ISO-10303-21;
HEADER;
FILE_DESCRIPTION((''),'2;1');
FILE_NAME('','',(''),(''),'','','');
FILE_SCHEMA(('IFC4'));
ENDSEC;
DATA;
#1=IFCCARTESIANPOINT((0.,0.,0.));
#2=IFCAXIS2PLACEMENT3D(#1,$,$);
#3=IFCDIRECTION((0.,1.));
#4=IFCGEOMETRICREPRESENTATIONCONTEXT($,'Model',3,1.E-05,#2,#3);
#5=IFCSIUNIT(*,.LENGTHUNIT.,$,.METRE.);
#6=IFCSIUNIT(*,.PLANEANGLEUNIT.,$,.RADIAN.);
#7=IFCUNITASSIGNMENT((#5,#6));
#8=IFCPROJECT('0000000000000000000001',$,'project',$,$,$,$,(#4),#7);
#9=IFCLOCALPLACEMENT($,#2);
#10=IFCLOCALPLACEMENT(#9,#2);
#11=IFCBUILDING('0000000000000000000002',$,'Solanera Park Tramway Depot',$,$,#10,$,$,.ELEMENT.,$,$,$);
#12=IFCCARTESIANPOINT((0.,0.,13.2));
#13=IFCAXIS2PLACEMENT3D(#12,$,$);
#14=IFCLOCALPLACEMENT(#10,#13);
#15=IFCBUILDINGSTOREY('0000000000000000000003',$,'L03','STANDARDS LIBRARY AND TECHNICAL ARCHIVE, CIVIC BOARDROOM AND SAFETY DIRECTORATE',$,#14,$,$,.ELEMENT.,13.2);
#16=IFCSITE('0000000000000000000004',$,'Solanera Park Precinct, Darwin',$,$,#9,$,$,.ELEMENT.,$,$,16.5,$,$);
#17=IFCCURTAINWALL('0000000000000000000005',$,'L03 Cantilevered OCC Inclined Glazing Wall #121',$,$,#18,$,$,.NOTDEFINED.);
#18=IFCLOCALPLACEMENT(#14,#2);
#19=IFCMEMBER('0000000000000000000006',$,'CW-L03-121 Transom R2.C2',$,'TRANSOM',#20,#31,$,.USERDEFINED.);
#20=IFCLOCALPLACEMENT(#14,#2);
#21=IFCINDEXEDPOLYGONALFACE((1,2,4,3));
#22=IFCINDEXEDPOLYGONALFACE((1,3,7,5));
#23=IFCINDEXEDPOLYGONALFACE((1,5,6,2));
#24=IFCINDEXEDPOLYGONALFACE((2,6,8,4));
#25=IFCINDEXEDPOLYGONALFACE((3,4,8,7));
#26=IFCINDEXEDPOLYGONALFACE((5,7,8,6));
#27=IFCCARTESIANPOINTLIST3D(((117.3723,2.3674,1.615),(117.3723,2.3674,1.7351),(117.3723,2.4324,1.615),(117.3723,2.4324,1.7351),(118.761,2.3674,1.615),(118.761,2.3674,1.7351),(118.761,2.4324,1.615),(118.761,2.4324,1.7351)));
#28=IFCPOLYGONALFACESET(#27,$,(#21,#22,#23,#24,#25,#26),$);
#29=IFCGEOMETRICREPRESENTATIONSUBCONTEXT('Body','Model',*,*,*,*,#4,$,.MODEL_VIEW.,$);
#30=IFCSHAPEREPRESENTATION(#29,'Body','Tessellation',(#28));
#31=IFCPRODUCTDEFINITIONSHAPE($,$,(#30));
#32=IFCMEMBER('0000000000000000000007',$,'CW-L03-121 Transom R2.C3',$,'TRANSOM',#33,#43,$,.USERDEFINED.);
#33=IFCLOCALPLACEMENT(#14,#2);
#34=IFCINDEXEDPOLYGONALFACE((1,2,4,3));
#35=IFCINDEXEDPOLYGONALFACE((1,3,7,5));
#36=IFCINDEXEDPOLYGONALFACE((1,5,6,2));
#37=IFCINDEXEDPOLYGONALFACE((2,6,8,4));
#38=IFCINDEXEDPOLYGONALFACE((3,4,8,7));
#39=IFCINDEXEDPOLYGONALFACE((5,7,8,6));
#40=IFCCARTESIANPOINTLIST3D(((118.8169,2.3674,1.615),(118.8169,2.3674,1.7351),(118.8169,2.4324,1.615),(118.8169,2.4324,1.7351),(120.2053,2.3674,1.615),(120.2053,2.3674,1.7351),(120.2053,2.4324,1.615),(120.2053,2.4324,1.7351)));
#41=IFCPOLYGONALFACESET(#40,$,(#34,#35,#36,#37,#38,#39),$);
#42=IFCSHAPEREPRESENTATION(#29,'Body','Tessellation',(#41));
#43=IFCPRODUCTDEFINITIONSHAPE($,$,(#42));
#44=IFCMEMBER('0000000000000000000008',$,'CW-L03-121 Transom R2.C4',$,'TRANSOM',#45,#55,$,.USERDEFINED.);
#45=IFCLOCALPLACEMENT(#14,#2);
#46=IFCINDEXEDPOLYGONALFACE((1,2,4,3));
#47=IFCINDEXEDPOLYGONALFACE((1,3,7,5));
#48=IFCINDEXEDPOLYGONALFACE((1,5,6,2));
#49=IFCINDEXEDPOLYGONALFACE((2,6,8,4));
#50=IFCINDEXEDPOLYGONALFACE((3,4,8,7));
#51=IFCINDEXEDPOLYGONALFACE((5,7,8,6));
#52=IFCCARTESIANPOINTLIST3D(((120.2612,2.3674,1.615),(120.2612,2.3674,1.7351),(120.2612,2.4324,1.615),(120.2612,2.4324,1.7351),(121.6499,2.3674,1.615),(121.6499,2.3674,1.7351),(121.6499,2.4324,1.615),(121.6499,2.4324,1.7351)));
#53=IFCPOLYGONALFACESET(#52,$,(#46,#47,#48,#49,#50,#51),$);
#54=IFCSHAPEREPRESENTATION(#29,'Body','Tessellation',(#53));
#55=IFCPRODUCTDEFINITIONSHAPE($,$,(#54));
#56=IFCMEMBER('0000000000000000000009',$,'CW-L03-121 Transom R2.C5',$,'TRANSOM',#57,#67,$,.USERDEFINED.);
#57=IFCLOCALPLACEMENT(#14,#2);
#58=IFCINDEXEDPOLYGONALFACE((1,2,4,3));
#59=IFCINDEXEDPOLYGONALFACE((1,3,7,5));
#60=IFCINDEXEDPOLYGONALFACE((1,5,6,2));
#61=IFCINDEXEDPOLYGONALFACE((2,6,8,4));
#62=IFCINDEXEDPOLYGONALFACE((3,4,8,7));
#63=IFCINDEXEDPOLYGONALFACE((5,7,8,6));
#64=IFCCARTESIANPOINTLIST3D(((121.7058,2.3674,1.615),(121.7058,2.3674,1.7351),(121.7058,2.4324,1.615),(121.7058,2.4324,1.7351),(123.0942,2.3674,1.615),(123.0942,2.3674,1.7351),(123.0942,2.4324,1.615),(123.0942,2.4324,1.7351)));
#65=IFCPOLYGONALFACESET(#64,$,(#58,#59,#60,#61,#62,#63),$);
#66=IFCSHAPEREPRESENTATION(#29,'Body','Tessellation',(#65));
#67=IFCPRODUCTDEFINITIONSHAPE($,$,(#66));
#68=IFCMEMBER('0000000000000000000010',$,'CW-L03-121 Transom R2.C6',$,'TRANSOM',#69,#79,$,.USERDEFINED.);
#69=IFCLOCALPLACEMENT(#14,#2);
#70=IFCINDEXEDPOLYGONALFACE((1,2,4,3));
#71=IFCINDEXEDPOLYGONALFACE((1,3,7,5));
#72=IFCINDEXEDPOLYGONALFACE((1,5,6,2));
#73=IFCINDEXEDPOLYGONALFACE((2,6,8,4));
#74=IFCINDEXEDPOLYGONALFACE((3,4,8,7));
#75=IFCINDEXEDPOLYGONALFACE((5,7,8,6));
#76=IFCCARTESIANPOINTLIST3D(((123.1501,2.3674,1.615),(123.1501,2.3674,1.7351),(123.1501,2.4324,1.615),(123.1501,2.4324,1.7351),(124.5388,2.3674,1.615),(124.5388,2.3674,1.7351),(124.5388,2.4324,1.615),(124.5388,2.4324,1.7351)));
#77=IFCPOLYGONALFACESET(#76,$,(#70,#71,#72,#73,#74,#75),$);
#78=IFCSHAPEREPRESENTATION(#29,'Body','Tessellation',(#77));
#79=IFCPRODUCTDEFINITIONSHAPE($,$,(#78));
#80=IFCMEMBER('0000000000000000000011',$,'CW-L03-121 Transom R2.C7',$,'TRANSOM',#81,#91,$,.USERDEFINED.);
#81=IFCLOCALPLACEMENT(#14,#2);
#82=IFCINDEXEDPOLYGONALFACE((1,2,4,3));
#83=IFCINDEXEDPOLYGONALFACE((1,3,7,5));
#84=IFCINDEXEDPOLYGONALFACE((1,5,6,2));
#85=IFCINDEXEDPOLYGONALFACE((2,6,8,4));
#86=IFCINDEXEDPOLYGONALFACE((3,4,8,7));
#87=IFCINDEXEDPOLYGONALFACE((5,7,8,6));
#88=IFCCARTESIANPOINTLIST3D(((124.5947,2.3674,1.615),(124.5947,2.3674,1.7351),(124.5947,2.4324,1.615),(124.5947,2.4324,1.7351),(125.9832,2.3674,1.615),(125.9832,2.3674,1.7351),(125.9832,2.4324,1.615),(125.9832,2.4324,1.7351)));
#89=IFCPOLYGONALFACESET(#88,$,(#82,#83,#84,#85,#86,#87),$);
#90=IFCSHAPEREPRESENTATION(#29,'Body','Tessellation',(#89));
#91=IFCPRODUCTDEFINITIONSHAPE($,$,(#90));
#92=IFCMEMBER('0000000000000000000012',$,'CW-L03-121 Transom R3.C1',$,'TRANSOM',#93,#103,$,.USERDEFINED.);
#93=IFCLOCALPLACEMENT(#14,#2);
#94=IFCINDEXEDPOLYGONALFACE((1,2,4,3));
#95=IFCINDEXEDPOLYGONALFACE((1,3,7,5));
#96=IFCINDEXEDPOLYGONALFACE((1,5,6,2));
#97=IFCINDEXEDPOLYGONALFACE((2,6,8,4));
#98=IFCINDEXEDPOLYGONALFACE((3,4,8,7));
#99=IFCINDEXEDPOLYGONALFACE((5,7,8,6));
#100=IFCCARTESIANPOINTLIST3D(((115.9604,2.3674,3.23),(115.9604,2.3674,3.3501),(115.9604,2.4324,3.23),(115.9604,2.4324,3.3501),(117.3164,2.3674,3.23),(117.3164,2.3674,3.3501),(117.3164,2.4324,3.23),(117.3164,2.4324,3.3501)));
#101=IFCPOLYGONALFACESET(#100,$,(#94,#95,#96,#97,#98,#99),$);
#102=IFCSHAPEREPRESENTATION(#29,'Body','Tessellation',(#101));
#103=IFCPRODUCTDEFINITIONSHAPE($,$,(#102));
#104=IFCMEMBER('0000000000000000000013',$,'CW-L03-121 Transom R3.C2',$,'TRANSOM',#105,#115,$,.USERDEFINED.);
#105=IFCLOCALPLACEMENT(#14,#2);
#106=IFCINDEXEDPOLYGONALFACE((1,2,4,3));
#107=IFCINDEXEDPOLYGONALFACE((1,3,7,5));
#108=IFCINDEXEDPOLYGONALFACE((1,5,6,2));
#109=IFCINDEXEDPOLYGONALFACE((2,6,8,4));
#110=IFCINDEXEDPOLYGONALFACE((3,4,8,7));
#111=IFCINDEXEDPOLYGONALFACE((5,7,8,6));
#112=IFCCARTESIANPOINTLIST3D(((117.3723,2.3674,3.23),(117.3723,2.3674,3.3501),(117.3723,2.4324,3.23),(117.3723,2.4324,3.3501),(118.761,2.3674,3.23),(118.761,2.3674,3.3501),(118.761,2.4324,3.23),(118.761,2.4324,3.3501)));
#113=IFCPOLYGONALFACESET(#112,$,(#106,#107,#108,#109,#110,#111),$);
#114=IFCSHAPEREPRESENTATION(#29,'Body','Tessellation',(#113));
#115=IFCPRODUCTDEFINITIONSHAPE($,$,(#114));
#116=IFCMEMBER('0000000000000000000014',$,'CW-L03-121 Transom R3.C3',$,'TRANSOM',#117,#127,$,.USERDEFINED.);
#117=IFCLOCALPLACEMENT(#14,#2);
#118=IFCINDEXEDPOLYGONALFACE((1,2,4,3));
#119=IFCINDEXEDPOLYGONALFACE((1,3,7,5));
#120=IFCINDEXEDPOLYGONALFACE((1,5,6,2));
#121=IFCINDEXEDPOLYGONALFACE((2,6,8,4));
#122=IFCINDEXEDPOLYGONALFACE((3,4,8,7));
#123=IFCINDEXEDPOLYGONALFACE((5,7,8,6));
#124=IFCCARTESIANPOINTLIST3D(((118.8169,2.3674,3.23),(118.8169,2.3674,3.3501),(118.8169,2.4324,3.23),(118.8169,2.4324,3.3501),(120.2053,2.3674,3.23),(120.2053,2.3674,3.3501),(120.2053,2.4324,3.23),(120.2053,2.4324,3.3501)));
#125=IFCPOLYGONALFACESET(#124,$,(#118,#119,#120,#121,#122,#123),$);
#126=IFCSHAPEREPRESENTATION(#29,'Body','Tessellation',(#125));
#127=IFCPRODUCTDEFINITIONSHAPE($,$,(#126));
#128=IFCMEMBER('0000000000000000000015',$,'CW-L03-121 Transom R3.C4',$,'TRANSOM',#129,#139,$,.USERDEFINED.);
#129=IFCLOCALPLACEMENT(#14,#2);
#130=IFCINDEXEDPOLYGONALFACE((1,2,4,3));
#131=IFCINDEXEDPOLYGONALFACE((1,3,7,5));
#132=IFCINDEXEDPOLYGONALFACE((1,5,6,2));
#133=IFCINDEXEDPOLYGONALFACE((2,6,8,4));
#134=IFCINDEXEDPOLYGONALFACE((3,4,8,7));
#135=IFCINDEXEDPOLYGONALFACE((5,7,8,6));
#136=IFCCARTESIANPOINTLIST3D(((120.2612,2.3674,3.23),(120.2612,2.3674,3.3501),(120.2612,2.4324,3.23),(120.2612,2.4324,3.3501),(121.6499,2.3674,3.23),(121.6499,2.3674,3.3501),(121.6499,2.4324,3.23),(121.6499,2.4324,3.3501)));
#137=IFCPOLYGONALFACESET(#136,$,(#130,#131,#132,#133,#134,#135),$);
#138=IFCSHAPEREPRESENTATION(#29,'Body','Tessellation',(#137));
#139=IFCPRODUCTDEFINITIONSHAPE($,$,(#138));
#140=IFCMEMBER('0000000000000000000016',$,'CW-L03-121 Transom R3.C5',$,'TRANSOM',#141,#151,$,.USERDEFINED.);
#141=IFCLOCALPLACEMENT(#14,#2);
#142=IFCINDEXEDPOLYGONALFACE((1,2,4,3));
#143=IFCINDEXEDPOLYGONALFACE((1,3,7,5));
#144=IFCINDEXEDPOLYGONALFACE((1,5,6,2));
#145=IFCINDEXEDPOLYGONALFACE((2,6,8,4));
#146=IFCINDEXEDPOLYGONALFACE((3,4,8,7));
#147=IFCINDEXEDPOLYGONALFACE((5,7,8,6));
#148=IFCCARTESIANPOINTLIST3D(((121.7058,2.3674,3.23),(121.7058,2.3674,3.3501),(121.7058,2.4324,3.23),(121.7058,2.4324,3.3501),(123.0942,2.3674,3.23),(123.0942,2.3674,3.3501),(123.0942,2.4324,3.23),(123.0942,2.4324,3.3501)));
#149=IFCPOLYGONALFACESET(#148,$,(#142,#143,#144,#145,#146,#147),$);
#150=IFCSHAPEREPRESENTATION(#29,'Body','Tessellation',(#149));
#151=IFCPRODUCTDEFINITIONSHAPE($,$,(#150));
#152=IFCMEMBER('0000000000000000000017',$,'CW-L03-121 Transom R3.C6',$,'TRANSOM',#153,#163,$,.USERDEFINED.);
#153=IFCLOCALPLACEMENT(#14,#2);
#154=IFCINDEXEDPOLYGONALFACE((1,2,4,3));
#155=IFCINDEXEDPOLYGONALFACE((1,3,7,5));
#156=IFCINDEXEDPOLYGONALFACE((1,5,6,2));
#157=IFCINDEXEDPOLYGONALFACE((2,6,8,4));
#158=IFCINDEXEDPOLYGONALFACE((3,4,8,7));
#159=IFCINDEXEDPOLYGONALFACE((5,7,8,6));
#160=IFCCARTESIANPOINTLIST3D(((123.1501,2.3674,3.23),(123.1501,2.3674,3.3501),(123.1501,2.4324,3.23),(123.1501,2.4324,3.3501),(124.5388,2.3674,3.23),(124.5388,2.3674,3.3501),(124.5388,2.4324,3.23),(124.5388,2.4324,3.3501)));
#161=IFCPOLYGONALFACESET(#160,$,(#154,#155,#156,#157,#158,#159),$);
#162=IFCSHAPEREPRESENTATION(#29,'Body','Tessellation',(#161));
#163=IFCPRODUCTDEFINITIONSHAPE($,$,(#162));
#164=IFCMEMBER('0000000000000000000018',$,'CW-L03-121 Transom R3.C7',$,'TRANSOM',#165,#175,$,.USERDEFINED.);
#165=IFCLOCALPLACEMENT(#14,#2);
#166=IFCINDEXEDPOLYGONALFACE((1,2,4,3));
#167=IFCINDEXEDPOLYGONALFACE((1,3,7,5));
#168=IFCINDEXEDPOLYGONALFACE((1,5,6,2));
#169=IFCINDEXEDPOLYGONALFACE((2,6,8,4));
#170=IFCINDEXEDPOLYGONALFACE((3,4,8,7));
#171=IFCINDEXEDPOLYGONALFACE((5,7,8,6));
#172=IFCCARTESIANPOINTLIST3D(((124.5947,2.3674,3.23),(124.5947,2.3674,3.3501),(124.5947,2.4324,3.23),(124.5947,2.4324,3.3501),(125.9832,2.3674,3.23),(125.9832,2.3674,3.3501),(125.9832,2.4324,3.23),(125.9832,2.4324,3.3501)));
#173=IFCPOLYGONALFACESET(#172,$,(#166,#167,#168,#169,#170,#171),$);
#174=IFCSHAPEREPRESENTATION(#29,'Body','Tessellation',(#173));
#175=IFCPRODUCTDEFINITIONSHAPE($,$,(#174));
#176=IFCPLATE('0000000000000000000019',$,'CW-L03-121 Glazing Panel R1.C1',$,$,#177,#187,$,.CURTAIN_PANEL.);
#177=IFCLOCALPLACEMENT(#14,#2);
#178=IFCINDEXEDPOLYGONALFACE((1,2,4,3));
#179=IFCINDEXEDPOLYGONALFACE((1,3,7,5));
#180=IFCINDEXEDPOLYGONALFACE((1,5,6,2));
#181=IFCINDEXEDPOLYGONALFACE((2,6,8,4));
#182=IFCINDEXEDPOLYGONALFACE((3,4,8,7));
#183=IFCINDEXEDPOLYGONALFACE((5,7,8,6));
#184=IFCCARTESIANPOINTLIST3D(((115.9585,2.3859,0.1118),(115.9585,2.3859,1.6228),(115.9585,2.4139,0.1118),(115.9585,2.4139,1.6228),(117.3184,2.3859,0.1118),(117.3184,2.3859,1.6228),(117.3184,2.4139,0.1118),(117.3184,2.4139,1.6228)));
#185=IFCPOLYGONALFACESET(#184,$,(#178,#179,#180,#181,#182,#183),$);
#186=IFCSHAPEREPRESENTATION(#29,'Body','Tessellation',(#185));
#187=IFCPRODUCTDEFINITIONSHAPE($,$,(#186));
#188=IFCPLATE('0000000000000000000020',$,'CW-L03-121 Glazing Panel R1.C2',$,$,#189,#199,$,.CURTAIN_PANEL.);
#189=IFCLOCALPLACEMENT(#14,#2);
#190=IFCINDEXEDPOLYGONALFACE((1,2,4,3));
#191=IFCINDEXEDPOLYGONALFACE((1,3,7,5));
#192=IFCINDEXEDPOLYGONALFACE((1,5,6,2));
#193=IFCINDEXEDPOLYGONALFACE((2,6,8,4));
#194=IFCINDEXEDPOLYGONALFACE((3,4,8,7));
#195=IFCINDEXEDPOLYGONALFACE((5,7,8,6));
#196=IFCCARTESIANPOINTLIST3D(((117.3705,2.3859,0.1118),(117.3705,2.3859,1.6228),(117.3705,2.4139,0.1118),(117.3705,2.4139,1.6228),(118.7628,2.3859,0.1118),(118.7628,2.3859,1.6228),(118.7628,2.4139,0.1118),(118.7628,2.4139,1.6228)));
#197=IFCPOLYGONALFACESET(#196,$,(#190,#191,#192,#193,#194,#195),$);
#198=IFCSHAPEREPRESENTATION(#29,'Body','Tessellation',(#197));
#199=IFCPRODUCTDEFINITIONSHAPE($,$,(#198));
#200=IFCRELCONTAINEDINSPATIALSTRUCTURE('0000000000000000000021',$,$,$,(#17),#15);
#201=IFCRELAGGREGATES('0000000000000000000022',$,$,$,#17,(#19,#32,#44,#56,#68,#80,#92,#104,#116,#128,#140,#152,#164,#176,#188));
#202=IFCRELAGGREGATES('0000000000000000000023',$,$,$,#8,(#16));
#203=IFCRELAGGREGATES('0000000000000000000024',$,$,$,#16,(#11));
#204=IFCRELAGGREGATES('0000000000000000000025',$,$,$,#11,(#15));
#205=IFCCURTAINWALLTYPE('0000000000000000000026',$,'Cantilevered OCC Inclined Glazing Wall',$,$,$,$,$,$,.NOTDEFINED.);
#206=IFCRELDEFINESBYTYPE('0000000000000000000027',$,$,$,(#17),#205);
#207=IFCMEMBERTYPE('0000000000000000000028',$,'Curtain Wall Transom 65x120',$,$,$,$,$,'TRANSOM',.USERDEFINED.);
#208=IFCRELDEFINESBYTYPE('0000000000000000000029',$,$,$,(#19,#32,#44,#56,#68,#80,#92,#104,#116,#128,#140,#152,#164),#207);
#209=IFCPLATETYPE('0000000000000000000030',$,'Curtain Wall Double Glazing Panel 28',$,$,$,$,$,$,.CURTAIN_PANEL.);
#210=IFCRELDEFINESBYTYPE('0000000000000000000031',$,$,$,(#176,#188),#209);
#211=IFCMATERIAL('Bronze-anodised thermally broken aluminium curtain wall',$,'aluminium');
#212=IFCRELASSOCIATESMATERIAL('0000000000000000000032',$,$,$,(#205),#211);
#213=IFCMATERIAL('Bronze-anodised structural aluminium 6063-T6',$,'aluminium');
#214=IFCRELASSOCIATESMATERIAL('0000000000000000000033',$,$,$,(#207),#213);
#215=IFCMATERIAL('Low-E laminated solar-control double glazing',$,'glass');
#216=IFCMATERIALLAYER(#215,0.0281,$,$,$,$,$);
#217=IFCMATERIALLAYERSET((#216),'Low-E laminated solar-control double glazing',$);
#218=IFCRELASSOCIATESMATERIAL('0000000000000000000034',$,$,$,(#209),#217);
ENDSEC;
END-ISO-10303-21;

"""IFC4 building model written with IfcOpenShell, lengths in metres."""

from ifc_helpers import new_model, si_unit, direction, frame, origin, origin_2d, place, context, subcontext, project, spatial, rectangle, extrude, material, layer, layer_set, material_profile, profile_set, type_object, element, aggregate, save


model = new_model("IFC4")

# Units and contexts
model_context = context("Model", 3, precision=1e-05, world=origin(), true_north=direction((0.0, 1.0)))
body_context = subcontext(model_context, "Body", "Model", "MODEL_VIEW")
ifc_project = project(units=[si_unit("LENGTHUNIT", "METRE"), si_unit("PLANEANGLEUNIT", "RADIAN")], contexts=[model_context])

# Site, building, storey
site_placement = place(None, origin())
site = spatial("IfcSite", under=ifc_project, at=site_placement, Name="Solanera Park Precinct, Darwin", CompositionType="ELEMENT", RefElevation=16.5)
building_placement = place(site_placement, origin())
building = spatial("IfcBuilding", under=site, at=building_placement, Name="Solanera Park Tramway Depot", CompositionType="ELEMENT")
storey_placement = place(building_placement, frame((0.0, 0.0, 13.2)))
storey = spatial("IfcBuildingStorey", under=building, at=storey_placement, Name="L03", Description="STANDARDS LIBRARY AND TECHNICAL ARCHIVE, CIVIC BOARDROOM AND SAFETY DIRECTORATE", CompositionType="ELEMENT", Elevation=13.2)

# Curtain wall, members, plates
ifc_material_1 = material(Name="Bronze-anodised thermally broken aluminium curtain wall", Category="aluminium")
curtain_wall_type = type_object("IfcCurtainWallType", Name="Cantilevered OCC Inclined Glazing Wall", PredefinedType="NOTDEFINED", material=ifc_material_1)
curtain_wall_placement = place(storey_placement, origin())
curtain_wall = element("IfcCurtainWall", 1, at=curtain_wall_placement, inside=storey, type_object=curtain_wall_type, Name="L03 Cantilevered OCC Inclined Glazing Wall #121", PredefinedType="NOTDEFINED")
ifc_material_2 = material(Name="Bronze-anodised structural aluminium 6063-T6", Category="aluminium")
ifc_material_profile_1 = material_profile(ifc_material_2, rectangle(XDim=0.0649, YDim=0.1201, at=origin_2d()), Name="Curtain Wall Transom 65x120")
ifc_profile_set_1 = profile_set([ifc_material_profile_1], Name="Bronze-anodised structural aluminium 6063-T6")
member_type_1 = type_object("IfcMemberType", Name="Curtain Wall Transom 65x120", ElementType="TRANSOM", PredefinedType="USERDEFINED", material=ifc_profile_set_1)
member_1_placement = place(storey_placement, frame((117.3723, 2.3999, 1.675), z_axis=(1.0, 0.0, 0.0), x_axis=(0.0, 1.0, 0.0)))
member_1 = element("IfcMember", 2, at=member_1_placement, type_object=member_type_1, Name="CW-L03-121 Transom R2.C2", ObjectType="TRANSOM", PredefinedType="USERDEFINED", context=body_context, shape_type="SweptSolid", body=[
    extrude(rectangle(XDim=0.0649, YDim=0.1201, at=origin_2d()), origin(), (0.0, 0.0, 1.0), 1.3887),
])
member_2_placement = place(storey_placement, frame((118.8169, 2.3999, 1.675), z_axis=(1.0, 0.0, 0.0), x_axis=(0.0, 1.0, 0.0)))
member_2 = element("IfcMember", 3, at=member_2_placement, type_object=member_type_1, Name="CW-L03-121 Transom R2.C3", ObjectType="TRANSOM", PredefinedType="USERDEFINED", context=body_context, shape_type="SweptSolid", body=[
    extrude(rectangle(XDim=0.0649, YDim=0.1201, at=origin_2d()), origin(), (0.0, 0.0, 1.0), 1.3884),
])
member_3_placement = place(storey_placement, frame((120.2612, 2.3999, 1.675), z_axis=(1.0, 0.0, 0.0), x_axis=(0.0, 1.0, 0.0)))
member_3 = element("IfcMember", 4, at=member_3_placement, type_object=member_type_1, Name="CW-L03-121 Transom R2.C4", ObjectType="TRANSOM", PredefinedType="USERDEFINED", context=body_context, shape_type="SweptSolid", body=[
    extrude(rectangle(XDim=0.0649, YDim=0.1201, at=origin_2d()), origin(), (0.0, 0.0, 1.0), 1.3887),
])
member_4_placement = place(storey_placement, frame((121.7058, 2.3999, 1.675), z_axis=(1.0, 0.0, 0.0), x_axis=(0.0, 1.0, 0.0)))
member_4 = element("IfcMember", 5, at=member_4_placement, type_object=member_type_1, Name="CW-L03-121 Transom R2.C5", ObjectType="TRANSOM", PredefinedType="USERDEFINED", context=body_context, shape_type="SweptSolid", body=[
    extrude(rectangle(XDim=0.0649, YDim=0.1201, at=origin_2d()), origin(), (0.0, 0.0, 1.0), 1.3884),
])
member_5_placement = place(storey_placement, frame((123.1501, 2.3999, 1.675), z_axis=(1.0, 0.0, 0.0), x_axis=(0.0, 1.0, 0.0)))
member_5 = element("IfcMember", 6, at=member_5_placement, type_object=member_type_1, Name="CW-L03-121 Transom R2.C6", ObjectType="TRANSOM", PredefinedType="USERDEFINED", context=body_context, shape_type="SweptSolid", body=[
    extrude(rectangle(XDim=0.0649, YDim=0.1201, at=origin_2d()), origin(), (0.0, 0.0, 1.0), 1.3887),
])
member_6_placement = place(storey_placement, frame((124.5947, 2.3999, 1.675), z_axis=(1.0, 0.0, 0.0), x_axis=(0.0, 1.0, 0.0)))
member_6 = element("IfcMember", 7, at=member_6_placement, type_object=member_type_1, Name="CW-L03-121 Transom R2.C7", ObjectType="TRANSOM", PredefinedType="USERDEFINED", context=body_context, shape_type="SweptSolid", body=[
    extrude(rectangle(XDim=0.0649, YDim=0.1201, at=origin_2d()), origin(), (0.0, 0.0, 1.0), 1.3884),
])
member_7_placement = place(storey_placement, frame((115.9604, 2.3999, 3.29), z_axis=(1.0, 0.0, 0.0), x_axis=(0.0, 1.0, 0.0)))
member_7 = element("IfcMember", 8, at=member_7_placement, type_object=member_type_1, Name="CW-L03-121 Transom R3.C1", ObjectType="TRANSOM", PredefinedType="USERDEFINED", context=body_context, shape_type="SweptSolid", body=[
    extrude(rectangle(XDim=0.0649, YDim=0.1201, at=origin_2d()), origin(), (0.0, 0.0, 1.0), 1.356),
])
member_8_placement = place(storey_placement, frame((117.3723, 2.3999, 3.29), z_axis=(1.0, 0.0, 0.0), x_axis=(0.0, 1.0, 0.0)))
member_8 = element("IfcMember", 9, at=member_8_placement, type_object=member_type_1, Name="CW-L03-121 Transom R3.C2", ObjectType="TRANSOM", PredefinedType="USERDEFINED", context=body_context, shape_type="SweptSolid", body=[
    extrude(rectangle(XDim=0.0649, YDim=0.1201, at=origin_2d()), origin(), (0.0, 0.0, 1.0), 1.3887),
])
member_9_placement = place(storey_placement, frame((118.8169, 2.3999, 3.29), z_axis=(1.0, 0.0, 0.0), x_axis=(0.0, 1.0, 0.0)))
member_9 = element("IfcMember", 10, at=member_9_placement, type_object=member_type_1, Name="CW-L03-121 Transom R3.C3", ObjectType="TRANSOM", PredefinedType="USERDEFINED", context=body_context, shape_type="SweptSolid", body=[
    extrude(rectangle(XDim=0.0649, YDim=0.1201, at=origin_2d()), origin(), (0.0, 0.0, 1.0), 1.3884),
])
member_10_placement = place(storey_placement, frame((120.2612, 2.3999, 3.29), z_axis=(1.0, 0.0, 0.0), x_axis=(0.0, 1.0, 0.0)))
member_10 = element("IfcMember", 11, at=member_10_placement, type_object=member_type_1, Name="CW-L03-121 Transom R3.C4", ObjectType="TRANSOM", PredefinedType="USERDEFINED", context=body_context, shape_type="SweptSolid", body=[
    extrude(rectangle(XDim=0.0649, YDim=0.1201, at=origin_2d()), origin(), (0.0, 0.0, 1.0), 1.3887),
])
member_11_placement = place(storey_placement, frame((121.7058, 2.3999, 3.29), z_axis=(1.0, 0.0, 0.0), x_axis=(0.0, 1.0, 0.0)))
member_11 = element("IfcMember", 12, at=member_11_placement, type_object=member_type_1, Name="CW-L03-121 Transom R3.C5", ObjectType="TRANSOM", PredefinedType="USERDEFINED", context=body_context, shape_type="SweptSolid", body=[
    extrude(rectangle(XDim=0.0649, YDim=0.1201, at=origin_2d()), origin(), (0.0, 0.0, 1.0), 1.3884),
])
member_12_placement = place(storey_placement, frame((123.1501, 2.3999, 3.29), z_axis=(1.0, 0.0, 0.0), x_axis=(0.0, 1.0, 0.0)))
member_12 = element("IfcMember", 13, at=member_12_placement, type_object=member_type_1, Name="CW-L03-121 Transom R3.C6", ObjectType="TRANSOM", PredefinedType="USERDEFINED", context=body_context, shape_type="SweptSolid", body=[
    extrude(rectangle(XDim=0.0649, YDim=0.1201, at=origin_2d()), origin(), (0.0, 0.0, 1.0), 1.3887),
])
member_13_placement = place(storey_placement, frame((124.5947, 2.3999, 3.29), z_axis=(1.0, 0.0, 0.0), x_axis=(0.0, 1.0, 0.0)))
member_13 = element("IfcMember", 14, at=member_13_placement, type_object=member_type_1, Name="CW-L03-121 Transom R3.C7", ObjectType="TRANSOM", PredefinedType="USERDEFINED", context=body_context, shape_type="SweptSolid", body=[
    extrude(rectangle(XDim=0.0649, YDim=0.1201, at=origin_2d()), origin(), (0.0, 0.0, 1.0), 1.3884),
])
ifc_material_3 = material(Name="Low-E laminated solar-control double glazing", Category="glass")
ifc_layer = layer(ifc_material_3, 0.0281)
ifc_layer_set = layer_set([ifc_layer], Name="Low-E laminated solar-control double glazing")
plate_type = type_object("IfcPlateType", Name="Curtain Wall Double Glazing Panel 28", PredefinedType="CURTAIN_PANEL", material=ifc_layer_set)
plate_1_placement = place(storey_placement, frame((116.6384, 2.3999, 0.1118), z_axis=(0.0, 0.0, 1.0), x_axis=(1.0, 0.0, 0.0)))
plate_1 = element("IfcPlate", 15, at=plate_1_placement, type_object=plate_type, Name="CW-L03-121 Glazing Panel R1.C1", PredefinedType="CURTAIN_PANEL", context=body_context, shape_type="SweptSolid", body=[
    extrude(rectangle(XDim=1.3599, YDim=0.0281, at=origin_2d()), origin(), (0.0, 0.0, 1.0), 1.511),
])
plate_2_placement = place(storey_placement, frame((118.0667, 2.3999, 0.1118), z_axis=(0.0, 0.0, 1.0), x_axis=(1.0, 0.0, 0.0)))
plate_2 = element("IfcPlate", 16, at=plate_2_placement, type_object=plate_type, Name="CW-L03-121 Glazing Panel R1.C2", PredefinedType="CURTAIN_PANEL", context=body_context, shape_type="SweptSolid", body=[
    extrude(rectangle(XDim=1.3923, YDim=0.0281, at=origin_2d()), origin(), (0.0, 0.0, 1.0), 1.511),
])
aggregate(curtain_wall, [member_1, member_2, member_3, member_4, member_5, member_6, member_7, member_8, member_9, member_10, member_11, member_12, member_13, plate_1, plate_2])

save(model, "model.ifc")
